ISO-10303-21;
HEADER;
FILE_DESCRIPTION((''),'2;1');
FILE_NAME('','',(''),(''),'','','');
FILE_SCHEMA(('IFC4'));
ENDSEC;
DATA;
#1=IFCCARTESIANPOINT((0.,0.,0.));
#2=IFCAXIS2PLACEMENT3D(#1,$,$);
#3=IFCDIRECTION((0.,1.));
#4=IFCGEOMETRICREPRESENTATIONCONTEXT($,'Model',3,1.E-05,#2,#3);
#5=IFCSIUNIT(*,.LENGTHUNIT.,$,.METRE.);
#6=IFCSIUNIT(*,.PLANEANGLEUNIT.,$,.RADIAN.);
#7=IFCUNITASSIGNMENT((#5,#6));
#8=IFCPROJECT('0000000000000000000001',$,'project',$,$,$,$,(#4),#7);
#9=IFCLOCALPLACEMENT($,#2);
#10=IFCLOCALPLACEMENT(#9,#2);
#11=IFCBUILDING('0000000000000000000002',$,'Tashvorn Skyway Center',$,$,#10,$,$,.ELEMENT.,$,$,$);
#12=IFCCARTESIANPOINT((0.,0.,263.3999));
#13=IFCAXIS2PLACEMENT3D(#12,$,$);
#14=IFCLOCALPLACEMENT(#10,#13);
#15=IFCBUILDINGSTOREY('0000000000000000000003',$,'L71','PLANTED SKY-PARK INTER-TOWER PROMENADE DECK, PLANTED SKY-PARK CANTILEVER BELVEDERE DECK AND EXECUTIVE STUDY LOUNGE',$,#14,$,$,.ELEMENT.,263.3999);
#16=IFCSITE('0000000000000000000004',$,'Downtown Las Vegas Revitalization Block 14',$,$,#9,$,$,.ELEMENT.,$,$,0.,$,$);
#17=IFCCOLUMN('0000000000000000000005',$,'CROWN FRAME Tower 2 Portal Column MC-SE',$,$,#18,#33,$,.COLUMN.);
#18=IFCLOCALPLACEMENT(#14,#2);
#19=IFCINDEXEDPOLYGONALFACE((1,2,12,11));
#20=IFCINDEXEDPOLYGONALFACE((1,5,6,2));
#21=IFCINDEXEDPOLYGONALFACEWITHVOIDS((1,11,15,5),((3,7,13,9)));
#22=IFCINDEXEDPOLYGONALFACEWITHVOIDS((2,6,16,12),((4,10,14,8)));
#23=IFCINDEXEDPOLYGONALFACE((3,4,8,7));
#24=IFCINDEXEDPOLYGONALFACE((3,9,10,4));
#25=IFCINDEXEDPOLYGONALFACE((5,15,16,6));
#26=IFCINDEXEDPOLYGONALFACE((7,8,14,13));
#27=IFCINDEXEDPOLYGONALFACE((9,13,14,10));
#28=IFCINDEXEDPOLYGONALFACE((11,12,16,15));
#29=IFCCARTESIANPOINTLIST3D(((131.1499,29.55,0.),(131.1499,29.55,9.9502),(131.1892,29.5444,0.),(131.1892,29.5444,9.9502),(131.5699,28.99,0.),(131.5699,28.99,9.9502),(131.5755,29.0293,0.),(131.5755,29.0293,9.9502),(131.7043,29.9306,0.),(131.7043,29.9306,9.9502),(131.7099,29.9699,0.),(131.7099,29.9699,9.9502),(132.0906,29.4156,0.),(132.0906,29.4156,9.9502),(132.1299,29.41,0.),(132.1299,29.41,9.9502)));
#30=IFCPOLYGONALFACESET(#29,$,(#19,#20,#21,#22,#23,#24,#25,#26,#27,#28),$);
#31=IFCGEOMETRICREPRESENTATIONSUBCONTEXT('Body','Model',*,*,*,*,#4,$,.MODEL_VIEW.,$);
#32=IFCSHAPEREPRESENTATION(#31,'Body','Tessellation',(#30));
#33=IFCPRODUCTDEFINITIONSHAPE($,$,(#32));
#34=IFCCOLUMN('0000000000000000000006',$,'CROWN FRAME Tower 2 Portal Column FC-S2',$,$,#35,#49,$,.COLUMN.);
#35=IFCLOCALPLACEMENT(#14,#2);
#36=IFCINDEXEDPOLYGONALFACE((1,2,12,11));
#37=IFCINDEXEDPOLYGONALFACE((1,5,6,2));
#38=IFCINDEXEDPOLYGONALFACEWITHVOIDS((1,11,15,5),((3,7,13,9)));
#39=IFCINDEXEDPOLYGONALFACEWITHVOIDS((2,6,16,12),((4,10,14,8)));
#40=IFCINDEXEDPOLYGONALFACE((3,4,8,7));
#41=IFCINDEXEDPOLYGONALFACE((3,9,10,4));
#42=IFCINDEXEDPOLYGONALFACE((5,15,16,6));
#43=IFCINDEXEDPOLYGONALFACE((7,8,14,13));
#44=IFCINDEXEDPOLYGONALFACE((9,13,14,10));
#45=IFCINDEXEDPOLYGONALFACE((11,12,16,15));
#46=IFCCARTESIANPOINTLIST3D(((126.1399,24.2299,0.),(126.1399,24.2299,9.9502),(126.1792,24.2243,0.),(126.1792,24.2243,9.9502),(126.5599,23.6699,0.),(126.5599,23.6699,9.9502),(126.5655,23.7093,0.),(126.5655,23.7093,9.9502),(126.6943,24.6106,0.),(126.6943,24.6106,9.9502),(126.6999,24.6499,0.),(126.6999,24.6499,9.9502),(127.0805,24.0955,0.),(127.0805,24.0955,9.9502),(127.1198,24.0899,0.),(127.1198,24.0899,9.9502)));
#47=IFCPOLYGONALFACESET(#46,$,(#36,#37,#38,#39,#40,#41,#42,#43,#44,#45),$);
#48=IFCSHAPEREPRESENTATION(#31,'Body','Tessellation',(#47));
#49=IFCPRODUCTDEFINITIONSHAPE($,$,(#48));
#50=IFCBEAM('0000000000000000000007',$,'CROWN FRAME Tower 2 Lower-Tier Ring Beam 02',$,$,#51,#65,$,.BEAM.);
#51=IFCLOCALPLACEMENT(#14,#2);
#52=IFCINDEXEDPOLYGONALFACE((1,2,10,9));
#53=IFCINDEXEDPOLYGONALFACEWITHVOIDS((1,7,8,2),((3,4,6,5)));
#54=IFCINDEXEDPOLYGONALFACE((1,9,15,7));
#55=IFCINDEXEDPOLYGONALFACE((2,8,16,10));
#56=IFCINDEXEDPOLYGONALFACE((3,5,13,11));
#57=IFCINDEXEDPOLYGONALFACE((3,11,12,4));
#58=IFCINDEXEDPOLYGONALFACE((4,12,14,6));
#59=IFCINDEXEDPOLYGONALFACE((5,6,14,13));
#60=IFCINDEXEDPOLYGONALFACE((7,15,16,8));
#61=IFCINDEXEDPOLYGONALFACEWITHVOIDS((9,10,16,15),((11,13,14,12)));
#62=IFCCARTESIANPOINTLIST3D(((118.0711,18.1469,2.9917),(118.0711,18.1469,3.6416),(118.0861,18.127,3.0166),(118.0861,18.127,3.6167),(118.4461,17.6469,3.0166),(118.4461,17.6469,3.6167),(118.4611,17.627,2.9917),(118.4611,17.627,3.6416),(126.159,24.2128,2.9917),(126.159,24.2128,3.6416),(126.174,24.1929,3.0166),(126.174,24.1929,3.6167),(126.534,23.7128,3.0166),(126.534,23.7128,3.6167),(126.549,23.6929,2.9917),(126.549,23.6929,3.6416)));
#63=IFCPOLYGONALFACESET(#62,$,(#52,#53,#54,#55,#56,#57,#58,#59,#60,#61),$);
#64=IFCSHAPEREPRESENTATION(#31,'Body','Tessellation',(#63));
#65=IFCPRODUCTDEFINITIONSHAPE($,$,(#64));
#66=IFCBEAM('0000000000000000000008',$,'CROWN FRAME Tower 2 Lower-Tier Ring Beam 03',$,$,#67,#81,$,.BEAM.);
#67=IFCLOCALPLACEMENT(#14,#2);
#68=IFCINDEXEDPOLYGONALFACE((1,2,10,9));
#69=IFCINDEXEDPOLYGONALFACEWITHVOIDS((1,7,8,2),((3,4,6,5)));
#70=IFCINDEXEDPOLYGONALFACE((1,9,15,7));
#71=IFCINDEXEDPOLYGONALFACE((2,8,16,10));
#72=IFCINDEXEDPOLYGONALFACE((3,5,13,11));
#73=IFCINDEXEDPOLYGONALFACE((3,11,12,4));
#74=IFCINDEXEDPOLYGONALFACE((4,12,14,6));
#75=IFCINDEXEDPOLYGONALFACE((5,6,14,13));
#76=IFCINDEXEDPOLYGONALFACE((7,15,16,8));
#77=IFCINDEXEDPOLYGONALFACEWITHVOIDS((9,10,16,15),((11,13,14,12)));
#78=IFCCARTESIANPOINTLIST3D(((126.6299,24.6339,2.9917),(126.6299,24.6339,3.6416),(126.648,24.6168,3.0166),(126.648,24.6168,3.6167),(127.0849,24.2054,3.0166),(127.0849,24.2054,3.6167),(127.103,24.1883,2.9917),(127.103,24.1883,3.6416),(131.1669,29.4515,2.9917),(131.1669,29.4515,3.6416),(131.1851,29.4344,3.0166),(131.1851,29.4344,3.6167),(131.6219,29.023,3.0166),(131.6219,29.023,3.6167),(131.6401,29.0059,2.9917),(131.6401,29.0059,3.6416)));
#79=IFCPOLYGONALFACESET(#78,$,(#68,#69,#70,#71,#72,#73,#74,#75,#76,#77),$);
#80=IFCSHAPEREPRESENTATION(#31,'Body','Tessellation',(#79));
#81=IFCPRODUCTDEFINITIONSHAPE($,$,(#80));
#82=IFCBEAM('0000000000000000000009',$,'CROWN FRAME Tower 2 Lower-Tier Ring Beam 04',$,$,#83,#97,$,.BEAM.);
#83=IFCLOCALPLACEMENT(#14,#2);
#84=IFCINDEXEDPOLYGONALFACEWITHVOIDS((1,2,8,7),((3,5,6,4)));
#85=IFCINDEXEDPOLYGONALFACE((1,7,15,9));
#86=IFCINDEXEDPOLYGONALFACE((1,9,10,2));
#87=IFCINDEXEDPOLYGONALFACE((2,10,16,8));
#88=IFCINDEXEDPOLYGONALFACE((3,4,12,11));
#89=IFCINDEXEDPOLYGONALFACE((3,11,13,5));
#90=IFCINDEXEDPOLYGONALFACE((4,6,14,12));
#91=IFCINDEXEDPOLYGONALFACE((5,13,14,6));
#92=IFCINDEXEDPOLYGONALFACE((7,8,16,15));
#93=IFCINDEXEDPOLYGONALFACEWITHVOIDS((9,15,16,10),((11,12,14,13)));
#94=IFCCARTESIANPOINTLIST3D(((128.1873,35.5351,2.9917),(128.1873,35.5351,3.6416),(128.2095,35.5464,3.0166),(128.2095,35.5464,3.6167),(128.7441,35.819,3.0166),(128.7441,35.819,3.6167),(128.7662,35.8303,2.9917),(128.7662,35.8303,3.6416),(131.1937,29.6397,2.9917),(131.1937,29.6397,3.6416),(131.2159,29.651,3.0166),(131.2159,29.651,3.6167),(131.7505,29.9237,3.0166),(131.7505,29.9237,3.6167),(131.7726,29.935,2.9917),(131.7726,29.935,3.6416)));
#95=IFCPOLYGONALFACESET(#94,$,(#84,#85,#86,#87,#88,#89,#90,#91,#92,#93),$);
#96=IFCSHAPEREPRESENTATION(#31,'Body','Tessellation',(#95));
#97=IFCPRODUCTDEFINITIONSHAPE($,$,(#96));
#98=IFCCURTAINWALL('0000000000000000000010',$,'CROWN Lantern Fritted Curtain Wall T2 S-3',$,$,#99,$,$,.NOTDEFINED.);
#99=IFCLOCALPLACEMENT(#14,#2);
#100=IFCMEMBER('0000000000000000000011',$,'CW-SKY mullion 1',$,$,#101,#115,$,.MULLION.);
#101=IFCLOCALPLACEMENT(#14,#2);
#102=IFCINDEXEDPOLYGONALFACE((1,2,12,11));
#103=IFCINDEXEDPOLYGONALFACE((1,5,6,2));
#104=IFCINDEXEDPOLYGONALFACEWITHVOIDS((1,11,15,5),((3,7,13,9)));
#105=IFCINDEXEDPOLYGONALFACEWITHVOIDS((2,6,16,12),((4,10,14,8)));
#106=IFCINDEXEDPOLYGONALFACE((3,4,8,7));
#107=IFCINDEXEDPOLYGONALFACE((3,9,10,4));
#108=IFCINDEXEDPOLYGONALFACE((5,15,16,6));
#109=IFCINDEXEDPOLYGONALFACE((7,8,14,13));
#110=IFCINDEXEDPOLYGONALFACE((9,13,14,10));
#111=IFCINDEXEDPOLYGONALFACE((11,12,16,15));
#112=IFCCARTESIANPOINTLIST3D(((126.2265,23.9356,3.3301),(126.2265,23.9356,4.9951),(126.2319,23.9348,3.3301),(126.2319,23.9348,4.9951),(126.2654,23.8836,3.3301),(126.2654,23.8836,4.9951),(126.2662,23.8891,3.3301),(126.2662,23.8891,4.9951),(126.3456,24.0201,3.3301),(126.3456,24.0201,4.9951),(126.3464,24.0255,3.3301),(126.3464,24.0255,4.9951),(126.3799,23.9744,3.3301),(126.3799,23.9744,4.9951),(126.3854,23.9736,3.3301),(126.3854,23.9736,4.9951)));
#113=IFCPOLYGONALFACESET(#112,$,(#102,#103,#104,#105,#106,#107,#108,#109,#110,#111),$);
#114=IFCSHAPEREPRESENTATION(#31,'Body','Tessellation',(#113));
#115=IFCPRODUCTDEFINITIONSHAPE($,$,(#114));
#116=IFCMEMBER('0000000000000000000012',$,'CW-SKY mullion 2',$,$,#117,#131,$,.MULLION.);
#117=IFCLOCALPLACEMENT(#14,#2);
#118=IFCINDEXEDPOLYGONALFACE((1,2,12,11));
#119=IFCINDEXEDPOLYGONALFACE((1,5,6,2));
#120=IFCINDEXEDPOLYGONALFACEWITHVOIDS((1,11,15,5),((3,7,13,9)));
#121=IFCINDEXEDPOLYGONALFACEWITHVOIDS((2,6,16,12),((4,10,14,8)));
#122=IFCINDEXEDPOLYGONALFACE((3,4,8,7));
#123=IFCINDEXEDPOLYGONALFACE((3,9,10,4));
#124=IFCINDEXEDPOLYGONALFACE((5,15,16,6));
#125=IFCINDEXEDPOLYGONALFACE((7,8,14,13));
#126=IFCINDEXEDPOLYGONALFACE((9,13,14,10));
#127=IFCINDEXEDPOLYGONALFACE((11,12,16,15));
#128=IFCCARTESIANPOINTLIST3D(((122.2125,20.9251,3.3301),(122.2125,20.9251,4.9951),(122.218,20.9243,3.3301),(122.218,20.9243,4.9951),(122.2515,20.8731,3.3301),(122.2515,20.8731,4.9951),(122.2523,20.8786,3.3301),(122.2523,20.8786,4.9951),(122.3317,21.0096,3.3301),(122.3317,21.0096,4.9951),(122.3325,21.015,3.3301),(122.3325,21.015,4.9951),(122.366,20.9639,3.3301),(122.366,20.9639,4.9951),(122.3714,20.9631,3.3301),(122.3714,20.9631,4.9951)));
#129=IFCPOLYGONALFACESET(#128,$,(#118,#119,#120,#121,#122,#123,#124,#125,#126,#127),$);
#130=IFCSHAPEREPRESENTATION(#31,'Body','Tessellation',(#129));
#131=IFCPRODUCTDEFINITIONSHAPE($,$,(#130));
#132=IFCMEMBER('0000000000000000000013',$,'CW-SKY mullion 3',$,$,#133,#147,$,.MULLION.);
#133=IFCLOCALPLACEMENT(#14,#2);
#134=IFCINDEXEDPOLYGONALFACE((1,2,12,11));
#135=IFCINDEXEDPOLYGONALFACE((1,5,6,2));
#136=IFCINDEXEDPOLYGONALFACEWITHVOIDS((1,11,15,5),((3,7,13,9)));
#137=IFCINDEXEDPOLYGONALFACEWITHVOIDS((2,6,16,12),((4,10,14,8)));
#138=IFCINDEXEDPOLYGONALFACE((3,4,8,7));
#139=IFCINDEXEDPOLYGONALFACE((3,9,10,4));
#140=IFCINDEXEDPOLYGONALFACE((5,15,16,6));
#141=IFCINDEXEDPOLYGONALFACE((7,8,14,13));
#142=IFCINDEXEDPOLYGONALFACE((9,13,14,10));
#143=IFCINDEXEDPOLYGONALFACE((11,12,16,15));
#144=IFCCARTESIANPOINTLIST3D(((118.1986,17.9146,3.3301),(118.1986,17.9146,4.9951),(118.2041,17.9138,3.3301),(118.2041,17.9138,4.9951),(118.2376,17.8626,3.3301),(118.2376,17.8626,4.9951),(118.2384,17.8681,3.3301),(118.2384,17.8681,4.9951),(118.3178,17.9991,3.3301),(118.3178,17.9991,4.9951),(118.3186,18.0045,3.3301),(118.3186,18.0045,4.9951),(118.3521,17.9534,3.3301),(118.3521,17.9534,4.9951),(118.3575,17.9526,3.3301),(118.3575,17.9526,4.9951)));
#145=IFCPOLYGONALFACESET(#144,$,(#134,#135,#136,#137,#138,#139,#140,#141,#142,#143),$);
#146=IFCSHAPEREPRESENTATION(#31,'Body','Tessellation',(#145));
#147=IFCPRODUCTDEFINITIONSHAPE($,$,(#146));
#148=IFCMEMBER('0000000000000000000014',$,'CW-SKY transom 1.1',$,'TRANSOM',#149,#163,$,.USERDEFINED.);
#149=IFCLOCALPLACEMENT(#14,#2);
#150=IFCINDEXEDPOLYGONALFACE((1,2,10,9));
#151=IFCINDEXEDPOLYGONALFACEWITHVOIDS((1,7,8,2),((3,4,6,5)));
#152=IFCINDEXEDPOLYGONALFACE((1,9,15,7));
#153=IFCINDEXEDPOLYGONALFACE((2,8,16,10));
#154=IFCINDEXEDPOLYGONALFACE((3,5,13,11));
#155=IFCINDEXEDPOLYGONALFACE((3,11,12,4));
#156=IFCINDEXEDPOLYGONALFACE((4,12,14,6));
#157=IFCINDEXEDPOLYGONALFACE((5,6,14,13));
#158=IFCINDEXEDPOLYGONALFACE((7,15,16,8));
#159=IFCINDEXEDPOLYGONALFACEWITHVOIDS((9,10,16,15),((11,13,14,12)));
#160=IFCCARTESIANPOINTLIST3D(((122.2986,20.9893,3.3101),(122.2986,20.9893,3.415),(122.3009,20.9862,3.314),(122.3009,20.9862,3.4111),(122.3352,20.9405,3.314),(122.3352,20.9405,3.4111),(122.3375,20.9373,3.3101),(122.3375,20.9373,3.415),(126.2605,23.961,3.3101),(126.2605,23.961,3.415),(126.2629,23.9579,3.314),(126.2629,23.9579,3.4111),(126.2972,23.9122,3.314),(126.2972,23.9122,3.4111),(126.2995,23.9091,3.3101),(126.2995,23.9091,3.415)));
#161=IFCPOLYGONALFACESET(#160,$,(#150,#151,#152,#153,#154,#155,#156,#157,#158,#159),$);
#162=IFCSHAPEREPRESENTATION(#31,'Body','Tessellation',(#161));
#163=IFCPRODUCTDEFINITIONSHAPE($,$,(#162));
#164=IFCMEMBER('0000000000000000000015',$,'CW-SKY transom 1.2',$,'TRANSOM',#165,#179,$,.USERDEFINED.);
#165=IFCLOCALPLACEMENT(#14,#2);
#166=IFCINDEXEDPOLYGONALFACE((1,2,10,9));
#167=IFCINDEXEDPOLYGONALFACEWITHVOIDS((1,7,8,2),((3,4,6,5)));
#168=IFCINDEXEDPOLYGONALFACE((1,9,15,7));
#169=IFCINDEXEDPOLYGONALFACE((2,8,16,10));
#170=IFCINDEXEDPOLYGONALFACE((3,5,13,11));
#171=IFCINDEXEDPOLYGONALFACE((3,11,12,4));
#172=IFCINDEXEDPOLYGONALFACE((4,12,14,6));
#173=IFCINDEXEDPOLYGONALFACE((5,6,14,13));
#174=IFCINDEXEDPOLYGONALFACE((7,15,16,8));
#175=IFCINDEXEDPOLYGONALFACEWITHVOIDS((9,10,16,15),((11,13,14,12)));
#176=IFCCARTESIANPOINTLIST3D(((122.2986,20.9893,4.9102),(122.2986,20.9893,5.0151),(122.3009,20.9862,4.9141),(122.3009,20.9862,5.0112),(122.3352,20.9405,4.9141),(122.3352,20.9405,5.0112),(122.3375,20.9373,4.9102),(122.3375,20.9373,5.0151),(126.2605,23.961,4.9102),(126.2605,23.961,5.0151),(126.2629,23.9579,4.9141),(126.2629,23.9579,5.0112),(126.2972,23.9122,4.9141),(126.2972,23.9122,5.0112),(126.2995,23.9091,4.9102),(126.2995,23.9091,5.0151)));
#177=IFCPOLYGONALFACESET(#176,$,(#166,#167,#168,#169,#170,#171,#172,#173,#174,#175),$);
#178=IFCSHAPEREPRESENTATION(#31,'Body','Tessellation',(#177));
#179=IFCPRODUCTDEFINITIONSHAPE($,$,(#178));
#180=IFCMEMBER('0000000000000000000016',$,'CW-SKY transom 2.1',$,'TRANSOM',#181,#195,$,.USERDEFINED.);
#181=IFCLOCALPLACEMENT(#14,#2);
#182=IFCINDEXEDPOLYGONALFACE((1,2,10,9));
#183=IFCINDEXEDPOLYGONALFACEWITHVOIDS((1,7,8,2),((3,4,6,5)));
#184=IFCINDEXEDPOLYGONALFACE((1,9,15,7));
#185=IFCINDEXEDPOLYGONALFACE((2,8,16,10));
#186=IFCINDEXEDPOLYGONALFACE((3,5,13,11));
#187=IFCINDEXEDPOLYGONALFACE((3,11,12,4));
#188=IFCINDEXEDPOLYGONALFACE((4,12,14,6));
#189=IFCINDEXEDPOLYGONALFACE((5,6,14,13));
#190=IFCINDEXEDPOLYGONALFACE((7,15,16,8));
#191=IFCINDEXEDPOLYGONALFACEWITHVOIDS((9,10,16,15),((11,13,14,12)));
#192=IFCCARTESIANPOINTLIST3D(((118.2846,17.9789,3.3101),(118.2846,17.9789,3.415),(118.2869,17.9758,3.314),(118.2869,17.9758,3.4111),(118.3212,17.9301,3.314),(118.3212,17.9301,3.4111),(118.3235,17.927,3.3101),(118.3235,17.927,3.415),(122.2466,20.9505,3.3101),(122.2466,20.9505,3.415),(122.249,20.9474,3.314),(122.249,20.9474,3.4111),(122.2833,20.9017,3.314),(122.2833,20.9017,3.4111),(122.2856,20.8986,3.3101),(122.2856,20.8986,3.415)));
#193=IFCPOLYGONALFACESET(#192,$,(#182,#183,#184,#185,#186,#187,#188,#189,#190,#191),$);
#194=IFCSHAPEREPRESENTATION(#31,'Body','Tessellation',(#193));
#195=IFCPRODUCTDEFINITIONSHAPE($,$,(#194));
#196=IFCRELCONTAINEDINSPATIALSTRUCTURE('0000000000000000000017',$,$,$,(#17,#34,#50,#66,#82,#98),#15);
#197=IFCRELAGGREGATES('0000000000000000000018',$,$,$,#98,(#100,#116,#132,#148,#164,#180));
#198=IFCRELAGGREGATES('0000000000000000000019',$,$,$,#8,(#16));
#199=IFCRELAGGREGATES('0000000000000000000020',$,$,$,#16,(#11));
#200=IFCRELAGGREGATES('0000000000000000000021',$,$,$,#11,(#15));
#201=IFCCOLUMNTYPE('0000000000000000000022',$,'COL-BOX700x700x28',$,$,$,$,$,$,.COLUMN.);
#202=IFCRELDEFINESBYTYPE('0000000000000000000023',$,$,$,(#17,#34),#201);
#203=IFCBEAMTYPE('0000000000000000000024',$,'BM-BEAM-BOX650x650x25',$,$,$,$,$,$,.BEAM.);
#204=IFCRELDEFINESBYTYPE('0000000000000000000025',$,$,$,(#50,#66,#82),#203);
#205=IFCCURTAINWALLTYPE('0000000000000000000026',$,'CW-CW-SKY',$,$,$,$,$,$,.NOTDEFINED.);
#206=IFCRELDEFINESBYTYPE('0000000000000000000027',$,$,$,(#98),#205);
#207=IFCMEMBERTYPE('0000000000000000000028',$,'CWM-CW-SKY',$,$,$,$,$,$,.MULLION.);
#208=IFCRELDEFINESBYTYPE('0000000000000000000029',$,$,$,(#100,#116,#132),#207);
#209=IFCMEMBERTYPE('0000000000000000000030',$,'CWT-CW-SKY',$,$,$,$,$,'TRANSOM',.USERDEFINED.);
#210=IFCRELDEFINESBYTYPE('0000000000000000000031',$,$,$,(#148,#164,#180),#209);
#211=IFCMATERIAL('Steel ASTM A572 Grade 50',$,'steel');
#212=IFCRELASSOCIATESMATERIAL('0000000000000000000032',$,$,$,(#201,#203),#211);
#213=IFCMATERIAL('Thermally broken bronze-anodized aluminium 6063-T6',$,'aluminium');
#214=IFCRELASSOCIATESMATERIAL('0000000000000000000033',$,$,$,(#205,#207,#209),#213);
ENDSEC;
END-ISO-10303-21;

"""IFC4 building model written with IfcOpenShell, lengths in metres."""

from ifc_helpers import new_model, si_unit, direction, frame, origin, origin_2d, place, context, subcontext, project, spatial, hollow_rectangle, extrude, material, material_profile, profile_set, type_object, element, aggregate, save


model = new_model("IFC4")

# Units and contexts
model_context = context("Model", 3, precision=1e-05, world=origin(), true_north=direction((0.0, 1.0)))
body_context = subcontext(model_context, "Body", "Model", "MODEL_VIEW")
ifc_project = project(units=[si_unit("LENGTHUNIT", "METRE"), si_unit("PLANEANGLEUNIT", "RADIAN")], contexts=[model_context])

# Site, building, storey
site_placement = place(None, origin())
site = spatial("IfcSite", under=ifc_project, at=site_placement, Name="Downtown Las Vegas Revitalization Block 14", CompositionType="ELEMENT", RefElevation=0.0)
building_placement = place(site_placement, origin())
building = spatial("IfcBuilding", under=site, at=building_placement, Name="Tashvorn Skyway Center", CompositionType="ELEMENT")
storey_placement = place(building_placement, frame((0.0, 0.0, 263.3999)))
storey = spatial("IfcBuildingStorey", under=building, at=storey_placement, Name="L71", Description="PLANTED SKY-PARK INTER-TOWER PROMENADE DECK, PLANTED SKY-PARK CANTILEVER BELVEDERE DECK AND EXECUTIVE STUDY LOUNGE", CompositionType="ELEMENT", Elevation=263.3999)

# Columns
ifc_material_1 = material(Name="Steel ASTM A572 Grade 50", Category="steel")
ifc_material_profile_1 = material_profile(ifc_material_1, hollow_rectangle(XDim=0.7, YDim=0.7, WallThickness=0.0281, at=origin_2d()), Name="BOX700x700x28")
ifc_profile_set_1 = profile_set([ifc_material_profile_1], Name="Steel ASTM A572 Grade 50")
column_type = type_object("IfcColumnType", Name="COL-BOX700x700x28", PredefinedType="COLUMN", material=ifc_profile_set_1)
for number, where, z_axis, x_axis, name in (
    (1, (131.6399, 29.48, 0.0), (0.0, 0.0, 1.0), (0.8, 0.6, 0.0), "CROWN FRAME Tower 2 Portal Column MC-SE"),
    (2, (126.6299, 24.1599, 0.0), (0.0, 0.0, 1.0), (0.8, 0.6, 0.0), "CROWN FRAME Tower 2 Portal Column FC-S2"),
):
    element("IfcColumn", number, at=place(storey_placement, frame(where, z_axis=z_axis, x_axis=x_axis)), inside=storey, type_object=column_type, Name=name, PredefinedType="COLUMN", context=body_context, shape_type="SweptSolid", body=[
        extrude(hollow_rectangle(XDim=0.7, YDim=0.7, WallThickness=0.0281, at=origin_2d()), origin(), (0.0, 0.0, 1.0), 9.9502),
    ])

# Beams
ifc_material_profile_2 = material_profile(ifc_material_1, hollow_rectangle(XDim=0.6499, YDim=0.6499, WallThickness=0.0249, at=origin_2d()), Name="BOX650x650x25")
ifc_profile_set_2 = profile_set([ifc_material_profile_2], Name="Steel ASTM A572 Grade 50")
beam_type = type_object("IfcBeamType", Name="BM-BEAM-BOX650x650x25", PredefinedType="BEAM", material=ifc_profile_set_2)
beam_placement = place(storey_placement, frame((118.2661, 17.887, 3.3167), z_axis=(0.8, 0.6, 0.0), x_axis=(-0.6, 0.8, 0.0)))
element("IfcBeam", 3, at=beam_placement, inside=storey, type_object=beam_type, Name="CROWN FRAME Tower 2 Lower-Tier Ring Beam 02", PredefinedType="BEAM", context=body_context, shape_type="SweptSolid", body=[
    extrude(hollow_rectangle(XDim=0.6499, YDim=0.6499, WallThickness=0.0249, at=origin_2d()), origin(), (0.0, 0.0, 1.0), 10.1099),
])
for number, where, z_axis, x_axis, name in (
    (4, (126.8665, 24.4111, 3.3167), (0.685595, 0.727983, 0.0), (-0.727983, 0.685595, 0.0), "CROWN FRAME Tower 2 Lower-Tier Ring Beam 03"),
    (5, (131.4832, 29.7874, 3.3167), (-0.454298, 0.89085, 0.0), (-0.89085, -0.454298, 0.0), "CROWN FRAME Tower 2 Lower-Tier Ring Beam 04"),
):
    element("IfcBeam", number, at=place(storey_placement, frame(where, z_axis=z_axis, x_axis=x_axis)), inside=storey, type_object=beam_type, Name=name, PredefinedType="BEAM", context=body_context, shape_type="SweptSolid", body=[
        extrude(hollow_rectangle(XDim=0.6499, YDim=0.6499, WallThickness=0.0249, at=origin_2d()), origin(), (0.0, 0.0, 1.0), 6.6177),
    ])

# Curtain wall, members
ifc_material_2 = material(Name="Thermally broken bronze-anodized aluminium 6063-T6", Category="aluminium")
curtain_wall_type = type_object("IfcCurtainWallType", Name="CW-CW-SKY", PredefinedType="NOTDEFINED", material=ifc_material_2)
curtain_wall_placement = place(storey_placement, origin())
curtain_wall = element("IfcCurtainWall", 6, at=curtain_wall_placement, inside=storey, type_object=curtain_wall_type, Name="CROWN Lantern Fritted Curtain Wall T2 S-3", PredefinedType="NOTDEFINED")
ifc_material_profile_3 = material_profile(ifc_material_2, hollow_rectangle(XDim=0.0649, YDim=0.1499, WallThickness=0.0039, at=origin_2d()), Name="ALU-MULL-65x150")
ifc_profile_set_3 = profile_set([ifc_material_profile_3], Name="Thermally broken bronze-anodized aluminium 6063-T6")
member_type_1 = type_object("IfcMemberType", Name="CWM-CW-SKY", PredefinedType="MULLION", material=ifc_profile_set_3)
member_1_placement = place(storey_placement, frame((126.3059, 23.9546, 3.3301), z_axis=(0.0, 0.0, 1.0), x_axis=(0.6, -0.8, 0.0)))
member_1 = element("IfcMember", 7, at=member_1_placement, type_object=member_type_1, Name="CW-SKY mullion 1", PredefinedType="MULLION", context=body_context, shape_type="SweptSolid", body=[
    extrude(hollow_rectangle(XDim=0.0649, YDim=0.1499, WallThickness=0.0039, at=origin_2d()), origin(), (0.0, 0.0, 1.0), 1.665),
])
member_2_placement = place(storey_placement, frame((122.292, 20.9441, 3.3301), z_axis=(0.0, 0.0, 1.0), x_axis=(0.6, -0.8, 0.0)))
member_2 = element("IfcMember", 8, at=member_2_placement, type_object=member_type_1, Name="CW-SKY mullion 2", PredefinedType="MULLION", context=body_context, shape_type="SweptSolid", body=[
    extrude(hollow_rectangle(XDim=0.0649, YDim=0.1499, WallThickness=0.0039, at=origin_2d()), origin(), (0.0, 0.0, 1.0), 1.665),
])
member_3_placement = place(storey_placement, frame((118.2781, 17.9336, 3.3301), z_axis=(0.0, 0.0, 1.0), x_axis=(0.6, -0.8, 0.0)))
member_3 = element("IfcMember", 9, at=member_3_placement, type_object=member_type_1, Name="CW-SKY mullion 3", PredefinedType="MULLION", context=body_context, shape_type="SweptSolid", body=[
    extrude(hollow_rectangle(XDim=0.0649, YDim=0.1499, WallThickness=0.0039, at=origin_2d()), origin(), (0.0, 0.0, 1.0), 1.665),
])
ifc_material_profile_4 = material_profile(ifc_material_2, hollow_rectangle(XDim=0.0649, YDim=0.105, WallThickness=0.0039, at=origin_2d()), Name="ALU-TRAN-65x105")
ifc_profile_set_4 = profile_set([ifc_material_profile_4], Name="Thermally broken bronze-anodized aluminium 6063-T6")
member_type_2 = type_object("IfcMemberType", Name="CWT-CW-SKY", ElementType="TRANSOM", PredefinedType="USERDEFINED", material=ifc_profile_set_4)
member_4_placement = place(storey_placement, frame((126.28, 23.9351, 3.3625), z_axis=(-0.799976, -0.600032, 0.0), x_axis=(0.600032, -0.799976, 0.0)))
member_4 = element("IfcMember", 10, at=member_4_placement, type_object=member_type_2, Name="CW-SKY transom 1.1", ObjectType="TRANSOM", PredefinedType="USERDEFINED", context=body_context, shape_type="SweptSolid", body=[
    extrude(hollow_rectangle(XDim=0.0649, YDim=0.105, WallThickness=0.0039, at=origin_2d()), origin(), (0.0, 0.0, 1.0), 4.9526),
])
member_5_placement = place(storey_placement, frame((126.28, 23.9351, 4.9626), z_axis=(-0.799976, -0.600032, 0.0), x_axis=(0.600032, -0.799976, 0.0)))
member_5 = element("IfcMember", 11, at=member_5_placement, type_object=member_type_2, Name="CW-SKY transom 1.2", ObjectType="TRANSOM", PredefinedType="USERDEFINED", context=body_context, shape_type="SweptSolid", body=[
    extrude(hollow_rectangle(XDim=0.0649, YDim=0.105, WallThickness=0.0039, at=origin_2d()), origin(), (0.0, 0.0, 1.0), 4.9526),
])
member_6_placement = place(storey_placement, frame((122.2661, 20.9246, 3.3625), z_axis=(-0.799994, -0.600008, 0.0), x_axis=(0.600008, -0.799994, 0.0)))
member_6 = element("IfcMember", 12, at=member_6_placement, type_object=member_type_2, Name="CW-SKY transom 2.1", ObjectType="TRANSOM", PredefinedType="USERDEFINED", context=body_context, shape_type="SweptSolid", body=[
    extrude(hollow_rectangle(XDim=0.0649, YDim=0.105, WallThickness=0.0039, at=origin_2d()), origin(), (0.0, 0.0, 1.0), 4.9526),
])

aggregate(curtain_wall, [member_1, member_2, member_3, member_4, member_5, member_6])

save(model, "model.ifc")
